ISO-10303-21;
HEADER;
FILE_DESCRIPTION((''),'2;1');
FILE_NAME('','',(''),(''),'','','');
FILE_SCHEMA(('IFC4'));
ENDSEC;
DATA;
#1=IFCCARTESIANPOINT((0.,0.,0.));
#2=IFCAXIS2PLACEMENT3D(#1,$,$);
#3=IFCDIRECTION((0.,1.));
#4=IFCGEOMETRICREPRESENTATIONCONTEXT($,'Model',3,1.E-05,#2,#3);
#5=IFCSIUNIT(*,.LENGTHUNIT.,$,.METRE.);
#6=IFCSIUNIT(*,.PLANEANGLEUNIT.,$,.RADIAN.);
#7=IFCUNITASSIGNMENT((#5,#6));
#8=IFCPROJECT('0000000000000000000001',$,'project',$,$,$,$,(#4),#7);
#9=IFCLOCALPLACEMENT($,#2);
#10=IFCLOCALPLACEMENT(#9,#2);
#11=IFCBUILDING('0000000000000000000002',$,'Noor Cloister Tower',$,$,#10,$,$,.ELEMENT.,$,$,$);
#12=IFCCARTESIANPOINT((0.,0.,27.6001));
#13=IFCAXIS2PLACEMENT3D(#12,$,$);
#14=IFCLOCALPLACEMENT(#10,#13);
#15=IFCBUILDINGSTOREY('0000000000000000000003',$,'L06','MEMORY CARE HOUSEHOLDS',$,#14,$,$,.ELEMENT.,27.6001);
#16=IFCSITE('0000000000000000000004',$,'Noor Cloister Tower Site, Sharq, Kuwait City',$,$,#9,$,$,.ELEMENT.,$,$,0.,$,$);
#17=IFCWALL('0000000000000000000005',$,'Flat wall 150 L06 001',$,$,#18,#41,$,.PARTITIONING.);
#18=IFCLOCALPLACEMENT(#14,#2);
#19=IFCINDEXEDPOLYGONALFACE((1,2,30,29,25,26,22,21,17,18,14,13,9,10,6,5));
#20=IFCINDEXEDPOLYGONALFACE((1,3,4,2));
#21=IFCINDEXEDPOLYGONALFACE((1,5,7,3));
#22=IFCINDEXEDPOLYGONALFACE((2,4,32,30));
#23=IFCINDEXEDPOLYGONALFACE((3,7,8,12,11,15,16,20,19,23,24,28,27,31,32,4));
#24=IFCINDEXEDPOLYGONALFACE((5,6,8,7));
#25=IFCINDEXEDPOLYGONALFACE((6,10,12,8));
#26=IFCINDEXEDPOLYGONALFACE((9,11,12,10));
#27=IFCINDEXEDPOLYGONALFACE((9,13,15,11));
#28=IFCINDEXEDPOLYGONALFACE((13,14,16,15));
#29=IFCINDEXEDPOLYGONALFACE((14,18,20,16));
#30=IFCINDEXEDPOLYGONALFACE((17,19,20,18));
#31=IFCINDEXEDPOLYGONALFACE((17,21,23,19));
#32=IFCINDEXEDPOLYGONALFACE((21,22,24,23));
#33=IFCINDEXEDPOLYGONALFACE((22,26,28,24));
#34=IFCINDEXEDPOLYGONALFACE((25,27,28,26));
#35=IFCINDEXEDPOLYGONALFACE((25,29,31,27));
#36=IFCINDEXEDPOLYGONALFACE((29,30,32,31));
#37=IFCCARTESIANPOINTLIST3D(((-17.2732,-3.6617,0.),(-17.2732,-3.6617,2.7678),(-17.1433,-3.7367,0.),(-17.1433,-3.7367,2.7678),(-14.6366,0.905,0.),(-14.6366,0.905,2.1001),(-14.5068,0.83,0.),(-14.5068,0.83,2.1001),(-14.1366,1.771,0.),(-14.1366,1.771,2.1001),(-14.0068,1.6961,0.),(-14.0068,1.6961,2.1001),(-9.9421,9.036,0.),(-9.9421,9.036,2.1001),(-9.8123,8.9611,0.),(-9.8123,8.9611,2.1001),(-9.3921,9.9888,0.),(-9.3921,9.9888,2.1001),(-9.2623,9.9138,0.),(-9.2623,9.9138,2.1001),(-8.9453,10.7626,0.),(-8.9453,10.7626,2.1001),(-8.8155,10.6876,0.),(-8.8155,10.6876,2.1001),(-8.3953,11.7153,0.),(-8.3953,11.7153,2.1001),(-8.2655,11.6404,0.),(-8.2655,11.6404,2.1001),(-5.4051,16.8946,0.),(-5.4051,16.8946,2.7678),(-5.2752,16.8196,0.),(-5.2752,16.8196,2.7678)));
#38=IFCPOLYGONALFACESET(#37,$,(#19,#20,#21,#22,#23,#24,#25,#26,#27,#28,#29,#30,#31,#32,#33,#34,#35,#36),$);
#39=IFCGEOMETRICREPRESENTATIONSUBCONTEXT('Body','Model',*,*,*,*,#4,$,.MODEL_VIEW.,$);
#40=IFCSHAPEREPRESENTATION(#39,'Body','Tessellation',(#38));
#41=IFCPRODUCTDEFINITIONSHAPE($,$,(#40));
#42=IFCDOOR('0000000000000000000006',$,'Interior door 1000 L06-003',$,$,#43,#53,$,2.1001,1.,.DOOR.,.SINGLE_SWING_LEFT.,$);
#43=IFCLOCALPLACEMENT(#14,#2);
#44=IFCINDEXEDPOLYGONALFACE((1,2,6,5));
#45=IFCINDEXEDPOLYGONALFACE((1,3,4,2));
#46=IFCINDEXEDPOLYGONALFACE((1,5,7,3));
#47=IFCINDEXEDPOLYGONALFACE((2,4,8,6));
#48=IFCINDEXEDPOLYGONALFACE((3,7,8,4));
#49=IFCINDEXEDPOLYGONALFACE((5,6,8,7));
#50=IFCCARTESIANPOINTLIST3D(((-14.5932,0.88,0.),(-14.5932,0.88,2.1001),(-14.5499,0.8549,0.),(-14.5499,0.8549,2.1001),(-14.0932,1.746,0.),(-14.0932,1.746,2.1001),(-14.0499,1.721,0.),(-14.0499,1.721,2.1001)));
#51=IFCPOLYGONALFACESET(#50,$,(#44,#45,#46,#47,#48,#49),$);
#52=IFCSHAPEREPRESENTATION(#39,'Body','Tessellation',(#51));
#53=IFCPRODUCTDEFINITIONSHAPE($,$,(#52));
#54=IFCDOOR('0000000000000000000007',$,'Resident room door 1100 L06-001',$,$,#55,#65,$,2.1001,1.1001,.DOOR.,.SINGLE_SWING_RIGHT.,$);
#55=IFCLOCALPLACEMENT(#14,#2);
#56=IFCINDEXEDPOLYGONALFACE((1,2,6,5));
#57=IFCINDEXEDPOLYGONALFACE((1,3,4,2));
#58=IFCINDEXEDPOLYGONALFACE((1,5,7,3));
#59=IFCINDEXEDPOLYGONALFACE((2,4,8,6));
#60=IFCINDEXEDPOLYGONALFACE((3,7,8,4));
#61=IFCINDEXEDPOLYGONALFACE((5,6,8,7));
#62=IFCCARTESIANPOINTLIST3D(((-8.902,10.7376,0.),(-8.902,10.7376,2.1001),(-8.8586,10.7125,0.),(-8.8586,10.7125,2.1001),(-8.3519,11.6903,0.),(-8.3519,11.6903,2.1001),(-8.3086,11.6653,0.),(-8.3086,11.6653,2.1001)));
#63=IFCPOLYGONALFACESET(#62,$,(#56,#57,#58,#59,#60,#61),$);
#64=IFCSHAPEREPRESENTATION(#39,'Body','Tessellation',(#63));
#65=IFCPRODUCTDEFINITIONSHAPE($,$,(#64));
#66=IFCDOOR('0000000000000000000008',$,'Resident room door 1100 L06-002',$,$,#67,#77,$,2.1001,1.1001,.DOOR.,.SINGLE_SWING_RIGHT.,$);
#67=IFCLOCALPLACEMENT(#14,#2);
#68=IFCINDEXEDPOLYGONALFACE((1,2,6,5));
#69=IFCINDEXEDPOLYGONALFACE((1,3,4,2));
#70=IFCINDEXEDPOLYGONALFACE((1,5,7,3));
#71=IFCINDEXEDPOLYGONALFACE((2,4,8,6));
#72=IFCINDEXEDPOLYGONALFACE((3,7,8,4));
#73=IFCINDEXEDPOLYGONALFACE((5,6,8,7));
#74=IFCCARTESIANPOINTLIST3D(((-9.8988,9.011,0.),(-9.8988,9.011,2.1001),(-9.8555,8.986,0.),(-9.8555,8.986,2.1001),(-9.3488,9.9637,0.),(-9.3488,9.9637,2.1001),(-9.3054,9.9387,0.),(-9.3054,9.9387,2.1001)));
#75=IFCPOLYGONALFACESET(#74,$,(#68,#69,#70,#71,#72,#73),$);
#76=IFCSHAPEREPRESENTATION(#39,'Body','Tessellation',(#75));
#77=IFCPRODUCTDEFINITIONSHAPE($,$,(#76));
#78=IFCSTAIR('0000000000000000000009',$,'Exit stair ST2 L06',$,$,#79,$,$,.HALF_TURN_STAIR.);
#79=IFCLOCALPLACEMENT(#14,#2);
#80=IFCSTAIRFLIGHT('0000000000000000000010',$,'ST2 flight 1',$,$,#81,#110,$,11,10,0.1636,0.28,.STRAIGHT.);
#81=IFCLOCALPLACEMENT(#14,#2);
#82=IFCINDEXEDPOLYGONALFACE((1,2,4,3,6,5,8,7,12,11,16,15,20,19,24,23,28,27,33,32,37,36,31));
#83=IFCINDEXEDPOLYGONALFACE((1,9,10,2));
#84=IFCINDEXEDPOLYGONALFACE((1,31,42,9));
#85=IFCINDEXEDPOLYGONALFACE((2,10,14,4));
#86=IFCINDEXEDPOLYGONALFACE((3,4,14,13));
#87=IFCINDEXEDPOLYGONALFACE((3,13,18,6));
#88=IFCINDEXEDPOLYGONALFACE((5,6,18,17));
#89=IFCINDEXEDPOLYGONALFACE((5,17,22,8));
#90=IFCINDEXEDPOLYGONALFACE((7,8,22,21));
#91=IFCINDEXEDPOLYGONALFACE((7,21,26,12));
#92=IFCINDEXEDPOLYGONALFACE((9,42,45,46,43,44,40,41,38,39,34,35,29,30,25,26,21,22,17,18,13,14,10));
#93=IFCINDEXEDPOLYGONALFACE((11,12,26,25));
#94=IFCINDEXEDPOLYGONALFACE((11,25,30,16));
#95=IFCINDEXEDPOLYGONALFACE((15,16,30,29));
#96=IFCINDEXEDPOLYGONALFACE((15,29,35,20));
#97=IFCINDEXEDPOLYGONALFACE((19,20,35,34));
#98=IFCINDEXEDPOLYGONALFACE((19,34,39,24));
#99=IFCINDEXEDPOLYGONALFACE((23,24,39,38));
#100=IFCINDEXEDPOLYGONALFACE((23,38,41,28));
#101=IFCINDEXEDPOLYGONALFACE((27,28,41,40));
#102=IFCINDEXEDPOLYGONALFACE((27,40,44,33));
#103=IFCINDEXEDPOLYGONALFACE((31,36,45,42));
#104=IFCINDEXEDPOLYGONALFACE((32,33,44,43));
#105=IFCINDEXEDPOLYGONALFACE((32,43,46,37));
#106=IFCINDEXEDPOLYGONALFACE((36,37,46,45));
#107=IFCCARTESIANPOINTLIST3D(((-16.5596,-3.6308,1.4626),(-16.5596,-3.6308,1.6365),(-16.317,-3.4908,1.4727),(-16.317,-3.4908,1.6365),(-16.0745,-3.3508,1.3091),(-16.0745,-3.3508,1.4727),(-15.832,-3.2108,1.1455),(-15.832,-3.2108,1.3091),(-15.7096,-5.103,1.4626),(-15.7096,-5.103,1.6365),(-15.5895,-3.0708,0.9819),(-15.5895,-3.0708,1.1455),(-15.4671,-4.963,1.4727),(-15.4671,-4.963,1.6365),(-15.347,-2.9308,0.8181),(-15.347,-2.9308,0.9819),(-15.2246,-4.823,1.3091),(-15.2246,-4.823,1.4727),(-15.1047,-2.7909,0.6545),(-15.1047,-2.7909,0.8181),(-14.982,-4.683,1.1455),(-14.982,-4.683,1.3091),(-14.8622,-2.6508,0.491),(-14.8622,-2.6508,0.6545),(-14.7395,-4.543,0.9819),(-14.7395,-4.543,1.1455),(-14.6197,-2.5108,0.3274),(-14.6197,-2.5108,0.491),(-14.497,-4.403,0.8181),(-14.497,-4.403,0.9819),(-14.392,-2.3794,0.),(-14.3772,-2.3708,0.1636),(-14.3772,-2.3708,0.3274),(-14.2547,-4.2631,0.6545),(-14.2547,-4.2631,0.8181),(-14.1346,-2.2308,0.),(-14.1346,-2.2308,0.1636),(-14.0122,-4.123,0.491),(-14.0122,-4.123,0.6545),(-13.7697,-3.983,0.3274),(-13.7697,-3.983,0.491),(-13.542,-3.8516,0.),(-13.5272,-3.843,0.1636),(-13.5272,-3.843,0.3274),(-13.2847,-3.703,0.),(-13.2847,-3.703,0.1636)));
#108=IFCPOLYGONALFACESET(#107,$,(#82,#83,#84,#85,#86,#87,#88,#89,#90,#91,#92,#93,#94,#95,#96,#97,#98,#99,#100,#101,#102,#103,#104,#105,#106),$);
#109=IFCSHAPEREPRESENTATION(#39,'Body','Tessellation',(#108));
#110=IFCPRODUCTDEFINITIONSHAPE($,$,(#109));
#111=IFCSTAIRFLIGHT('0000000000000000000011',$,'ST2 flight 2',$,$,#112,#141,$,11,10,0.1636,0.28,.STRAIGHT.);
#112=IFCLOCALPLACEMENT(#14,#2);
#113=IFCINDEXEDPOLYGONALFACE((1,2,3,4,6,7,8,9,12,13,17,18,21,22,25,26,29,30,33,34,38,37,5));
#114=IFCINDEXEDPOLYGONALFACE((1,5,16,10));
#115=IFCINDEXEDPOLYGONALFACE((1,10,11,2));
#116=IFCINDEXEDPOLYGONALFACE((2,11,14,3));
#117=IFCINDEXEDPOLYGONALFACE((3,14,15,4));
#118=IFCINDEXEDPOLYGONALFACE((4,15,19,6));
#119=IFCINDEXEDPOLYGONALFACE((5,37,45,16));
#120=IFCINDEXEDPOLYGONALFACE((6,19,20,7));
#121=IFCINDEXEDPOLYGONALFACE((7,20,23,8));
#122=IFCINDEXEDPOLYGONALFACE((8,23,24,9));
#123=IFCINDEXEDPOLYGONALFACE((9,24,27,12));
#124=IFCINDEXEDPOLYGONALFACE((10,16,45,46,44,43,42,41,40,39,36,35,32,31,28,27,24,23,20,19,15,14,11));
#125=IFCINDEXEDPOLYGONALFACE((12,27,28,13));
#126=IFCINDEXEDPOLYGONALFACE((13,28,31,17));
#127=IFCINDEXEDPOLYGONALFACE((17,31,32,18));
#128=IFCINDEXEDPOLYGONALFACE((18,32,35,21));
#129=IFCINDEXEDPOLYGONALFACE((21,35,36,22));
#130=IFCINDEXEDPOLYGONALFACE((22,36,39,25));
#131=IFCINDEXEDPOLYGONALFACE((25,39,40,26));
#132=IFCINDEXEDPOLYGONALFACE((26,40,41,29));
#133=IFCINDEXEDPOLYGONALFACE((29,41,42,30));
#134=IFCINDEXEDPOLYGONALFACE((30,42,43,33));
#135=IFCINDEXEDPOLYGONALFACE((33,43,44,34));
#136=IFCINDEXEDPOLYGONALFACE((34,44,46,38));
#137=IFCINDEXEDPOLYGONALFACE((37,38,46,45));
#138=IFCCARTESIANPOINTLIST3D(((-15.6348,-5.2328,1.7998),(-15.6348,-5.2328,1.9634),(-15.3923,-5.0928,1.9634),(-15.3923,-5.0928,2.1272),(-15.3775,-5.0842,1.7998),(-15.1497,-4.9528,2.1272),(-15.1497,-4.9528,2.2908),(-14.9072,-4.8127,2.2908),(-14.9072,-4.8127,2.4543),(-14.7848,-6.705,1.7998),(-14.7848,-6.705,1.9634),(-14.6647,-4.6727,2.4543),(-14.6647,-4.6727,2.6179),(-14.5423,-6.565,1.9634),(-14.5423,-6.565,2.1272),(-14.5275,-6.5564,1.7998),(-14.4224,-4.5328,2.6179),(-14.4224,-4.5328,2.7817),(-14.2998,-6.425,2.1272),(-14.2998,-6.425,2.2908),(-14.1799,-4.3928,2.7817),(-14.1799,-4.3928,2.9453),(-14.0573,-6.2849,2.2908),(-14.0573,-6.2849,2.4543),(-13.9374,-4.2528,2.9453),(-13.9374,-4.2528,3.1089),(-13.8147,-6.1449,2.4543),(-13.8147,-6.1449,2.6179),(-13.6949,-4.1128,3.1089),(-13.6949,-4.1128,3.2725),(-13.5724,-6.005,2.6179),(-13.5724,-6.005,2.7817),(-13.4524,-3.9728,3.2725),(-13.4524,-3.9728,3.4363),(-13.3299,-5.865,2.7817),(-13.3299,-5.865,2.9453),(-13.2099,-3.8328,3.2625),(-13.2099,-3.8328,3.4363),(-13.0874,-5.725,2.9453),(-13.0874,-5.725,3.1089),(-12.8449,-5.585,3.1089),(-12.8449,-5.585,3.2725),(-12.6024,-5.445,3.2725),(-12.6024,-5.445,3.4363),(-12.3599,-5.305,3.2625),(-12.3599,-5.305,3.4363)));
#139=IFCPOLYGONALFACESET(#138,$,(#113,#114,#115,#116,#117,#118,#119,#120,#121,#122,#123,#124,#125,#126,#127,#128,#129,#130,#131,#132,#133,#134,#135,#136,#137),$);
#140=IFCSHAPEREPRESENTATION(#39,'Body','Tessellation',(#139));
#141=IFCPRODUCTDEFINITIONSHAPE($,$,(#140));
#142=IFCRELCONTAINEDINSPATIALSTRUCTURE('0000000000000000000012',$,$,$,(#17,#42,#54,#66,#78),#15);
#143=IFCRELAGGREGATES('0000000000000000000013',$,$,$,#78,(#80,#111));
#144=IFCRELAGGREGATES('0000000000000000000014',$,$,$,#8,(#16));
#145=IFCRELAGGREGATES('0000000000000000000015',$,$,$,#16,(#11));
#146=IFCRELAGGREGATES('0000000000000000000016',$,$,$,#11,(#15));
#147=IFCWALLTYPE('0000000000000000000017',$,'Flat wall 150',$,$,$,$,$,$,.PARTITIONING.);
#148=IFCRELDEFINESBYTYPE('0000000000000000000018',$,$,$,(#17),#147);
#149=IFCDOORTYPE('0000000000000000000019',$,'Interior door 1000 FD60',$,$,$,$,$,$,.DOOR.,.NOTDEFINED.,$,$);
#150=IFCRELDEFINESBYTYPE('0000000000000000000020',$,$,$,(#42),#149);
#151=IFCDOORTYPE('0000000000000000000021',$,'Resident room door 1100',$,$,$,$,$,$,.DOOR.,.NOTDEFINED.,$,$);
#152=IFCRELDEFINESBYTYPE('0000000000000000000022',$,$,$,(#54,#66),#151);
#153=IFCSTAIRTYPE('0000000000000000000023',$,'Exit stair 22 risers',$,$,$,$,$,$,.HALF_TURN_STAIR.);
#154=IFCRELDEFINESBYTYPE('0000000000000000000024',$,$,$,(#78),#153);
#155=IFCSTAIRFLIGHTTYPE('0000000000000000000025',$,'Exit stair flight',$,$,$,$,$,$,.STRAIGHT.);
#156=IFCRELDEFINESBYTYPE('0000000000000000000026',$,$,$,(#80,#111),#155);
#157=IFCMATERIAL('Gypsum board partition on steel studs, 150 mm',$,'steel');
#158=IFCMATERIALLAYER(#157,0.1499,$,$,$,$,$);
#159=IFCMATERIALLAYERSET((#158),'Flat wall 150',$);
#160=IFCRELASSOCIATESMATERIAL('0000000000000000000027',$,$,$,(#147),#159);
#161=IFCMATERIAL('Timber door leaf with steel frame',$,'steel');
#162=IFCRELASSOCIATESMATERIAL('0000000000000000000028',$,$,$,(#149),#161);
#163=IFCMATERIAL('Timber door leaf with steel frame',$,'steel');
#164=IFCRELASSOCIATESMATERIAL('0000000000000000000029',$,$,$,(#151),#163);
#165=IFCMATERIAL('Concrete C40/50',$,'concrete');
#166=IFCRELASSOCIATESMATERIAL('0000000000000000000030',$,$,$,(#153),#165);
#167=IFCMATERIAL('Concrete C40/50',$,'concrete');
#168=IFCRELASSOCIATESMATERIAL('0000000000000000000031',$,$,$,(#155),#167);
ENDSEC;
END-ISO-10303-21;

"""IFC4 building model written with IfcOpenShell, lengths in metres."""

from ifc_helpers import new_model, si_unit, direction, frame, frame_2d, origin, place, context, subcontext, project, spatial, polyline, rectangle, outline, extrude, material, layer, layer_set, type_object, element, fill, aggregate, save


model = new_model("IFC4")

# Units and contexts
model_context = context("Model", 3, precision=1e-05, world=origin(), true_north=direction((0.0, 1.0)))
body_context = subcontext(model_context, "Body", "Model", "MODEL_VIEW")
ifc_project = project(units=[si_unit("LENGTHUNIT", "METRE"), si_unit("PLANEANGLEUNIT", "RADIAN")], contexts=[model_context])

# Site, building, storey
site_placement = place(None, origin())
site = spatial("IfcSite", under=ifc_project, at=site_placement, Name="Noor Cloister Tower Site, Sharq, Kuwait City", CompositionType="ELEMENT", RefElevation=0.0)
building_placement = place(site_placement, origin())
building = spatial("IfcBuilding", under=site, at=building_placement, Name="Noor Cloister Tower", CompositionType="ELEMENT")
storey_placement = place(building_placement, frame((0.0, 0.0, 27.6001)))
storey = spatial("IfcBuildingStorey", under=building, at=storey_placement, Name="L06", Description="MEMORY CARE HOUSEHOLDS", CompositionType="ELEMENT", Elevation=27.6001)

# Wall, openings, doors
ifc_material_1 = material(Name="Gypsum board partition on steel studs, 150 mm", Category="steel")
ifc_layer_1 = layer(ifc_material_1, 0.1499)
ifc_layer_set_1 = layer_set([ifc_layer_1], Name="Flat wall 150")
wall_type = type_object("IfcWallType", Name="Flat wall 150", PredefinedType="PARTITIONING", material=ifc_layer_set_1)
wall_placement = place(storey_placement, frame((-17.2083, -3.6992, 0.0), z_axis=(0.0, 0.0, 1.0), x_axis=(0.499998, 0.866027, 0.0)))
wall = element("IfcWall", 1, at=wall_placement, inside=storey, type_object=wall_type, Name="Flat wall 150 L06 001", PredefinedType="PARTITIONING", context=body_context, shape_type="SweptSolid", body=[
    extrude(rectangle(XDim=23.7363, YDim=0.1499, at=frame_2d((11.8682, 0.0))), origin(), (0.0, 0.0, 1.0), 2.7678),
])
opening_1_placement = place(wall_placement, frame((16.6558, 0.0, 0.0)))
opening_1 = element("IfcOpeningElement", 2, at=opening_1_placement, cuts=wall, PredefinedType="OPENING", context=body_context, shape_type="SweptSolid", body=[
    extrude(rectangle(XDim=1.1001, YDim=2.1001, at=frame_2d((0.55, 1.05))), frame((0.0, 0.085, 0.0), z_axis=(0.0, -1.0, 0.0), x_axis=(1.0, 0.0, 0.0)), (0.0, 0.0, 1.0), 0.1699),
])
opening_2_placement = place(wall_placement, frame((14.6621, 0.0, 0.0)))
opening_2 = element("IfcOpeningElement", 3, at=opening_2_placement, cuts=wall, PredefinedType="OPENING", context=body_context, shape_type="SweptSolid", body=[
    extrude(rectangle(XDim=1.1001, YDim=2.1001, at=frame_2d((0.55, 1.05))), frame((0.0, 0.085, 0.0), z_axis=(0.0, -1.0, 0.0), x_axis=(1.0, 0.0, 0.0)), (0.0, 0.0, 1.0), 0.1699),
])
opening_3_placement = place(wall_placement, frame((5.2732, 0.0, 0.0)))
opening_3 = element("IfcOpeningElement", 4, at=opening_3_placement, cuts=wall, PredefinedType="OPENING", context=body_context, shape_type="SweptSolid", body=[
    extrude(rectangle(XDim=1.0, YDim=2.1001, at=frame_2d((0.5, 1.05))), frame((0.0, 0.085, 0.0), z_axis=(0.0, -1.0, 0.0), x_axis=(1.0, 0.0, 0.0)), (0.0, 0.0, 1.0), 0.1699),
])
ifc_material_2 = material(Name="Timber door leaf with steel frame", Category="steel")
door_type_1 = type_object("IfcDoorType", Name="Interior door 1000 FD60", OperationType="NOTDEFINED", PredefinedType="DOOR", material=ifc_material_2)
door_1_placement = place(opening_3_placement, origin())
door_1 = element("IfcDoor", 5, at=door_1_placement, inside=storey, type_object=door_type_1, Name="Interior door 1000 L06-003", OperationType="SINGLE_SWING_LEFT", OverallHeight=2.1001, OverallWidth=1.0, PredefinedType="DOOR", context=body_context, shape_type="SweptSolid", body=[
    extrude(rectangle(XDim=1.0, YDim=2.1001, at=frame_2d((0.5, 1.05))), frame((0.0, 0.0249, 0.0), z_axis=(0.0, -1.0, 0.0), x_axis=(1.0, 0.0, 0.0)), (0.0, 0.0, 1.0), 0.05),
])
fill(opening_3, door_1)
ifc_material_3 = material(Name="Timber door leaf with steel frame", Category="steel")
door_type_2 = type_object("IfcDoorType", Name="Resident room door 1100", OperationType="NOTDEFINED", PredefinedType="DOOR", material=ifc_material_3)
door_2_placement = place(opening_1_placement, origin())
door_2 = element("IfcDoor", 6, at=door_2_placement, inside=storey, type_object=door_type_2, Name="Resident room door 1100 L06-001", OperationType="SINGLE_SWING_RIGHT", OverallHeight=2.1001, OverallWidth=1.1001, PredefinedType="DOOR", context=body_context, shape_type="SweptSolid", body=[
    extrude(rectangle(XDim=1.1001, YDim=2.1001, at=frame_2d((0.55, 1.05))), frame((0.0, 0.0249, 0.0), z_axis=(0.0, -1.0, 0.0), x_axis=(1.0, 0.0, 0.0)), (0.0, 0.0, 1.0), 0.05),
])
fill(opening_1, door_2)
door_3_placement = place(opening_2_placement, origin())
door_3 = element("IfcDoor", 7, at=door_3_placement, inside=storey, type_object=door_type_2, Name="Resident room door 1100 L06-002", OperationType="SINGLE_SWING_RIGHT", OverallHeight=2.1001, OverallWidth=1.1001, PredefinedType="DOOR", context=body_context, shape_type="SweptSolid", body=[
    extrude(rectangle(XDim=1.1001, YDim=2.1001, at=frame_2d((0.55, 1.05))), frame((0.0, 0.0249, 0.0), z_axis=(0.0, -1.0, 0.0), x_axis=(1.0, 0.0, 0.0)), (0.0, 0.0, 1.0), 0.05),
])
fill(opening_2, door_3)

# Stair, stair flights
ifc_material_4 = material(Name="Concrete C40/50", Category="concrete")
stair_type = type_object("IfcStairType", Name="Exit stair 22 risers", PredefinedType="HALF_TURN_STAIR", material=ifc_material_4)
stair_placement = place(storey_placement, origin())
stair = element("IfcStair", 8, at=stair_placement, inside=storey, type_object=stair_type, Name="Exit stair ST2 L06", PredefinedType="HALF_TURN_STAIR")
ifc_material_5 = material(Name="Concrete C40/50", Category="concrete")
stair_flight_type = type_object("IfcStairFlightType", Name="Exit stair flight", PredefinedType="STRAIGHT", material=ifc_material_5)
stair_flight_1_placement = place(storey_placement, frame((-13.7097, -2.9668, 0.0), z_axis=(0.0, 0.0, 1.0), x_axis=(-0.866025, -0.5, 0.0)))
stair_flight_1 = element("IfcStairFlight", 9, at=stair_flight_1_placement, type_object=stair_flight_type, Name="ST2 flight 1", NumberOfRisers=11, NumberOfTreads=10, PredefinedType="STRAIGHT", RiserHeight=0.1636, TreadLength=0.28, context=body_context, shape_type="SweptSolid", body=[
    extrude(outline(polyline([(0.0, 0.0), (0.0, 0.1636), (0.28, 0.1636), (0.28, 0.3274), (0.5601, 0.3274), (0.5601, 0.491), (0.8401, 0.491), (0.8401, 0.6545), (1.1201, 0.6545), (1.1201, 0.8181), (1.3999, 0.8181), (1.3999, 0.9819), (1.6799, 0.9819), (1.6799, 1.1455), (1.96, 1.1455), (1.96, 1.3091), (2.24, 1.3091), (2.24, 1.4727), (2.52, 1.4727), (2.52, 1.6365), (2.8, 1.6365), (2.8, 1.8), (2.8, 1.4626), (0.2971, 0.0), (0.0, 0.0)])), frame((0.0, 0.8501, 0.0), z_axis=(0.0, -1.0, 0.0), x_axis=(1.0, 0.0, 0.0)), (0.0, 0.0, 1.0), 1.7),
])
stair_flight_2_placement = place(storey_placement, frame((-15.2097, -5.969, 1.7998), z_axis=(0.0, 0.0, 1.0), x_axis=(0.866025, 0.5, 0.0)))
stair_flight_2 = element("IfcStairFlight", 10, at=stair_flight_2_placement, type_object=stair_flight_type, Name="ST2 flight 2", NumberOfRisers=11, NumberOfTreads=10, PredefinedType="STRAIGHT", RiserHeight=0.1636, TreadLength=0.28, context=body_context, shape_type="SweptSolid", body=[
    extrude(outline(polyline([(0.0, 0.0), (0.0, 0.1636), (0.28, 0.1636), (0.28, 0.3274), (0.5601, 0.3274), (0.5601, 0.491), (0.8401, 0.491), (0.8401, 0.6545), (1.1201, 0.6545), (1.1201, 0.8181), (1.3999, 0.8181), (1.3999, 0.9819), (1.6799, 0.9819), (1.6799, 1.1455), (1.96, 1.1455), (1.96, 1.3091), (2.24, 1.3091), (2.24, 1.4727), (2.52, 1.4727), (2.52, 1.6365), (2.8, 1.6365), (2.8, 1.8), (2.8, 1.4626), (0.2971, 0.0), (0.0, 0.0)])), frame((0.0, 0.8501, 0.0), z_axis=(0.0, -1.0, 0.0), x_axis=(1.0, 0.0, 0.0)), (0.0, 0.0, 1.0), 1.7),
])
aggregate(stair, [stair_flight_1, stair_flight_2])

save(model, "model.ifc")
